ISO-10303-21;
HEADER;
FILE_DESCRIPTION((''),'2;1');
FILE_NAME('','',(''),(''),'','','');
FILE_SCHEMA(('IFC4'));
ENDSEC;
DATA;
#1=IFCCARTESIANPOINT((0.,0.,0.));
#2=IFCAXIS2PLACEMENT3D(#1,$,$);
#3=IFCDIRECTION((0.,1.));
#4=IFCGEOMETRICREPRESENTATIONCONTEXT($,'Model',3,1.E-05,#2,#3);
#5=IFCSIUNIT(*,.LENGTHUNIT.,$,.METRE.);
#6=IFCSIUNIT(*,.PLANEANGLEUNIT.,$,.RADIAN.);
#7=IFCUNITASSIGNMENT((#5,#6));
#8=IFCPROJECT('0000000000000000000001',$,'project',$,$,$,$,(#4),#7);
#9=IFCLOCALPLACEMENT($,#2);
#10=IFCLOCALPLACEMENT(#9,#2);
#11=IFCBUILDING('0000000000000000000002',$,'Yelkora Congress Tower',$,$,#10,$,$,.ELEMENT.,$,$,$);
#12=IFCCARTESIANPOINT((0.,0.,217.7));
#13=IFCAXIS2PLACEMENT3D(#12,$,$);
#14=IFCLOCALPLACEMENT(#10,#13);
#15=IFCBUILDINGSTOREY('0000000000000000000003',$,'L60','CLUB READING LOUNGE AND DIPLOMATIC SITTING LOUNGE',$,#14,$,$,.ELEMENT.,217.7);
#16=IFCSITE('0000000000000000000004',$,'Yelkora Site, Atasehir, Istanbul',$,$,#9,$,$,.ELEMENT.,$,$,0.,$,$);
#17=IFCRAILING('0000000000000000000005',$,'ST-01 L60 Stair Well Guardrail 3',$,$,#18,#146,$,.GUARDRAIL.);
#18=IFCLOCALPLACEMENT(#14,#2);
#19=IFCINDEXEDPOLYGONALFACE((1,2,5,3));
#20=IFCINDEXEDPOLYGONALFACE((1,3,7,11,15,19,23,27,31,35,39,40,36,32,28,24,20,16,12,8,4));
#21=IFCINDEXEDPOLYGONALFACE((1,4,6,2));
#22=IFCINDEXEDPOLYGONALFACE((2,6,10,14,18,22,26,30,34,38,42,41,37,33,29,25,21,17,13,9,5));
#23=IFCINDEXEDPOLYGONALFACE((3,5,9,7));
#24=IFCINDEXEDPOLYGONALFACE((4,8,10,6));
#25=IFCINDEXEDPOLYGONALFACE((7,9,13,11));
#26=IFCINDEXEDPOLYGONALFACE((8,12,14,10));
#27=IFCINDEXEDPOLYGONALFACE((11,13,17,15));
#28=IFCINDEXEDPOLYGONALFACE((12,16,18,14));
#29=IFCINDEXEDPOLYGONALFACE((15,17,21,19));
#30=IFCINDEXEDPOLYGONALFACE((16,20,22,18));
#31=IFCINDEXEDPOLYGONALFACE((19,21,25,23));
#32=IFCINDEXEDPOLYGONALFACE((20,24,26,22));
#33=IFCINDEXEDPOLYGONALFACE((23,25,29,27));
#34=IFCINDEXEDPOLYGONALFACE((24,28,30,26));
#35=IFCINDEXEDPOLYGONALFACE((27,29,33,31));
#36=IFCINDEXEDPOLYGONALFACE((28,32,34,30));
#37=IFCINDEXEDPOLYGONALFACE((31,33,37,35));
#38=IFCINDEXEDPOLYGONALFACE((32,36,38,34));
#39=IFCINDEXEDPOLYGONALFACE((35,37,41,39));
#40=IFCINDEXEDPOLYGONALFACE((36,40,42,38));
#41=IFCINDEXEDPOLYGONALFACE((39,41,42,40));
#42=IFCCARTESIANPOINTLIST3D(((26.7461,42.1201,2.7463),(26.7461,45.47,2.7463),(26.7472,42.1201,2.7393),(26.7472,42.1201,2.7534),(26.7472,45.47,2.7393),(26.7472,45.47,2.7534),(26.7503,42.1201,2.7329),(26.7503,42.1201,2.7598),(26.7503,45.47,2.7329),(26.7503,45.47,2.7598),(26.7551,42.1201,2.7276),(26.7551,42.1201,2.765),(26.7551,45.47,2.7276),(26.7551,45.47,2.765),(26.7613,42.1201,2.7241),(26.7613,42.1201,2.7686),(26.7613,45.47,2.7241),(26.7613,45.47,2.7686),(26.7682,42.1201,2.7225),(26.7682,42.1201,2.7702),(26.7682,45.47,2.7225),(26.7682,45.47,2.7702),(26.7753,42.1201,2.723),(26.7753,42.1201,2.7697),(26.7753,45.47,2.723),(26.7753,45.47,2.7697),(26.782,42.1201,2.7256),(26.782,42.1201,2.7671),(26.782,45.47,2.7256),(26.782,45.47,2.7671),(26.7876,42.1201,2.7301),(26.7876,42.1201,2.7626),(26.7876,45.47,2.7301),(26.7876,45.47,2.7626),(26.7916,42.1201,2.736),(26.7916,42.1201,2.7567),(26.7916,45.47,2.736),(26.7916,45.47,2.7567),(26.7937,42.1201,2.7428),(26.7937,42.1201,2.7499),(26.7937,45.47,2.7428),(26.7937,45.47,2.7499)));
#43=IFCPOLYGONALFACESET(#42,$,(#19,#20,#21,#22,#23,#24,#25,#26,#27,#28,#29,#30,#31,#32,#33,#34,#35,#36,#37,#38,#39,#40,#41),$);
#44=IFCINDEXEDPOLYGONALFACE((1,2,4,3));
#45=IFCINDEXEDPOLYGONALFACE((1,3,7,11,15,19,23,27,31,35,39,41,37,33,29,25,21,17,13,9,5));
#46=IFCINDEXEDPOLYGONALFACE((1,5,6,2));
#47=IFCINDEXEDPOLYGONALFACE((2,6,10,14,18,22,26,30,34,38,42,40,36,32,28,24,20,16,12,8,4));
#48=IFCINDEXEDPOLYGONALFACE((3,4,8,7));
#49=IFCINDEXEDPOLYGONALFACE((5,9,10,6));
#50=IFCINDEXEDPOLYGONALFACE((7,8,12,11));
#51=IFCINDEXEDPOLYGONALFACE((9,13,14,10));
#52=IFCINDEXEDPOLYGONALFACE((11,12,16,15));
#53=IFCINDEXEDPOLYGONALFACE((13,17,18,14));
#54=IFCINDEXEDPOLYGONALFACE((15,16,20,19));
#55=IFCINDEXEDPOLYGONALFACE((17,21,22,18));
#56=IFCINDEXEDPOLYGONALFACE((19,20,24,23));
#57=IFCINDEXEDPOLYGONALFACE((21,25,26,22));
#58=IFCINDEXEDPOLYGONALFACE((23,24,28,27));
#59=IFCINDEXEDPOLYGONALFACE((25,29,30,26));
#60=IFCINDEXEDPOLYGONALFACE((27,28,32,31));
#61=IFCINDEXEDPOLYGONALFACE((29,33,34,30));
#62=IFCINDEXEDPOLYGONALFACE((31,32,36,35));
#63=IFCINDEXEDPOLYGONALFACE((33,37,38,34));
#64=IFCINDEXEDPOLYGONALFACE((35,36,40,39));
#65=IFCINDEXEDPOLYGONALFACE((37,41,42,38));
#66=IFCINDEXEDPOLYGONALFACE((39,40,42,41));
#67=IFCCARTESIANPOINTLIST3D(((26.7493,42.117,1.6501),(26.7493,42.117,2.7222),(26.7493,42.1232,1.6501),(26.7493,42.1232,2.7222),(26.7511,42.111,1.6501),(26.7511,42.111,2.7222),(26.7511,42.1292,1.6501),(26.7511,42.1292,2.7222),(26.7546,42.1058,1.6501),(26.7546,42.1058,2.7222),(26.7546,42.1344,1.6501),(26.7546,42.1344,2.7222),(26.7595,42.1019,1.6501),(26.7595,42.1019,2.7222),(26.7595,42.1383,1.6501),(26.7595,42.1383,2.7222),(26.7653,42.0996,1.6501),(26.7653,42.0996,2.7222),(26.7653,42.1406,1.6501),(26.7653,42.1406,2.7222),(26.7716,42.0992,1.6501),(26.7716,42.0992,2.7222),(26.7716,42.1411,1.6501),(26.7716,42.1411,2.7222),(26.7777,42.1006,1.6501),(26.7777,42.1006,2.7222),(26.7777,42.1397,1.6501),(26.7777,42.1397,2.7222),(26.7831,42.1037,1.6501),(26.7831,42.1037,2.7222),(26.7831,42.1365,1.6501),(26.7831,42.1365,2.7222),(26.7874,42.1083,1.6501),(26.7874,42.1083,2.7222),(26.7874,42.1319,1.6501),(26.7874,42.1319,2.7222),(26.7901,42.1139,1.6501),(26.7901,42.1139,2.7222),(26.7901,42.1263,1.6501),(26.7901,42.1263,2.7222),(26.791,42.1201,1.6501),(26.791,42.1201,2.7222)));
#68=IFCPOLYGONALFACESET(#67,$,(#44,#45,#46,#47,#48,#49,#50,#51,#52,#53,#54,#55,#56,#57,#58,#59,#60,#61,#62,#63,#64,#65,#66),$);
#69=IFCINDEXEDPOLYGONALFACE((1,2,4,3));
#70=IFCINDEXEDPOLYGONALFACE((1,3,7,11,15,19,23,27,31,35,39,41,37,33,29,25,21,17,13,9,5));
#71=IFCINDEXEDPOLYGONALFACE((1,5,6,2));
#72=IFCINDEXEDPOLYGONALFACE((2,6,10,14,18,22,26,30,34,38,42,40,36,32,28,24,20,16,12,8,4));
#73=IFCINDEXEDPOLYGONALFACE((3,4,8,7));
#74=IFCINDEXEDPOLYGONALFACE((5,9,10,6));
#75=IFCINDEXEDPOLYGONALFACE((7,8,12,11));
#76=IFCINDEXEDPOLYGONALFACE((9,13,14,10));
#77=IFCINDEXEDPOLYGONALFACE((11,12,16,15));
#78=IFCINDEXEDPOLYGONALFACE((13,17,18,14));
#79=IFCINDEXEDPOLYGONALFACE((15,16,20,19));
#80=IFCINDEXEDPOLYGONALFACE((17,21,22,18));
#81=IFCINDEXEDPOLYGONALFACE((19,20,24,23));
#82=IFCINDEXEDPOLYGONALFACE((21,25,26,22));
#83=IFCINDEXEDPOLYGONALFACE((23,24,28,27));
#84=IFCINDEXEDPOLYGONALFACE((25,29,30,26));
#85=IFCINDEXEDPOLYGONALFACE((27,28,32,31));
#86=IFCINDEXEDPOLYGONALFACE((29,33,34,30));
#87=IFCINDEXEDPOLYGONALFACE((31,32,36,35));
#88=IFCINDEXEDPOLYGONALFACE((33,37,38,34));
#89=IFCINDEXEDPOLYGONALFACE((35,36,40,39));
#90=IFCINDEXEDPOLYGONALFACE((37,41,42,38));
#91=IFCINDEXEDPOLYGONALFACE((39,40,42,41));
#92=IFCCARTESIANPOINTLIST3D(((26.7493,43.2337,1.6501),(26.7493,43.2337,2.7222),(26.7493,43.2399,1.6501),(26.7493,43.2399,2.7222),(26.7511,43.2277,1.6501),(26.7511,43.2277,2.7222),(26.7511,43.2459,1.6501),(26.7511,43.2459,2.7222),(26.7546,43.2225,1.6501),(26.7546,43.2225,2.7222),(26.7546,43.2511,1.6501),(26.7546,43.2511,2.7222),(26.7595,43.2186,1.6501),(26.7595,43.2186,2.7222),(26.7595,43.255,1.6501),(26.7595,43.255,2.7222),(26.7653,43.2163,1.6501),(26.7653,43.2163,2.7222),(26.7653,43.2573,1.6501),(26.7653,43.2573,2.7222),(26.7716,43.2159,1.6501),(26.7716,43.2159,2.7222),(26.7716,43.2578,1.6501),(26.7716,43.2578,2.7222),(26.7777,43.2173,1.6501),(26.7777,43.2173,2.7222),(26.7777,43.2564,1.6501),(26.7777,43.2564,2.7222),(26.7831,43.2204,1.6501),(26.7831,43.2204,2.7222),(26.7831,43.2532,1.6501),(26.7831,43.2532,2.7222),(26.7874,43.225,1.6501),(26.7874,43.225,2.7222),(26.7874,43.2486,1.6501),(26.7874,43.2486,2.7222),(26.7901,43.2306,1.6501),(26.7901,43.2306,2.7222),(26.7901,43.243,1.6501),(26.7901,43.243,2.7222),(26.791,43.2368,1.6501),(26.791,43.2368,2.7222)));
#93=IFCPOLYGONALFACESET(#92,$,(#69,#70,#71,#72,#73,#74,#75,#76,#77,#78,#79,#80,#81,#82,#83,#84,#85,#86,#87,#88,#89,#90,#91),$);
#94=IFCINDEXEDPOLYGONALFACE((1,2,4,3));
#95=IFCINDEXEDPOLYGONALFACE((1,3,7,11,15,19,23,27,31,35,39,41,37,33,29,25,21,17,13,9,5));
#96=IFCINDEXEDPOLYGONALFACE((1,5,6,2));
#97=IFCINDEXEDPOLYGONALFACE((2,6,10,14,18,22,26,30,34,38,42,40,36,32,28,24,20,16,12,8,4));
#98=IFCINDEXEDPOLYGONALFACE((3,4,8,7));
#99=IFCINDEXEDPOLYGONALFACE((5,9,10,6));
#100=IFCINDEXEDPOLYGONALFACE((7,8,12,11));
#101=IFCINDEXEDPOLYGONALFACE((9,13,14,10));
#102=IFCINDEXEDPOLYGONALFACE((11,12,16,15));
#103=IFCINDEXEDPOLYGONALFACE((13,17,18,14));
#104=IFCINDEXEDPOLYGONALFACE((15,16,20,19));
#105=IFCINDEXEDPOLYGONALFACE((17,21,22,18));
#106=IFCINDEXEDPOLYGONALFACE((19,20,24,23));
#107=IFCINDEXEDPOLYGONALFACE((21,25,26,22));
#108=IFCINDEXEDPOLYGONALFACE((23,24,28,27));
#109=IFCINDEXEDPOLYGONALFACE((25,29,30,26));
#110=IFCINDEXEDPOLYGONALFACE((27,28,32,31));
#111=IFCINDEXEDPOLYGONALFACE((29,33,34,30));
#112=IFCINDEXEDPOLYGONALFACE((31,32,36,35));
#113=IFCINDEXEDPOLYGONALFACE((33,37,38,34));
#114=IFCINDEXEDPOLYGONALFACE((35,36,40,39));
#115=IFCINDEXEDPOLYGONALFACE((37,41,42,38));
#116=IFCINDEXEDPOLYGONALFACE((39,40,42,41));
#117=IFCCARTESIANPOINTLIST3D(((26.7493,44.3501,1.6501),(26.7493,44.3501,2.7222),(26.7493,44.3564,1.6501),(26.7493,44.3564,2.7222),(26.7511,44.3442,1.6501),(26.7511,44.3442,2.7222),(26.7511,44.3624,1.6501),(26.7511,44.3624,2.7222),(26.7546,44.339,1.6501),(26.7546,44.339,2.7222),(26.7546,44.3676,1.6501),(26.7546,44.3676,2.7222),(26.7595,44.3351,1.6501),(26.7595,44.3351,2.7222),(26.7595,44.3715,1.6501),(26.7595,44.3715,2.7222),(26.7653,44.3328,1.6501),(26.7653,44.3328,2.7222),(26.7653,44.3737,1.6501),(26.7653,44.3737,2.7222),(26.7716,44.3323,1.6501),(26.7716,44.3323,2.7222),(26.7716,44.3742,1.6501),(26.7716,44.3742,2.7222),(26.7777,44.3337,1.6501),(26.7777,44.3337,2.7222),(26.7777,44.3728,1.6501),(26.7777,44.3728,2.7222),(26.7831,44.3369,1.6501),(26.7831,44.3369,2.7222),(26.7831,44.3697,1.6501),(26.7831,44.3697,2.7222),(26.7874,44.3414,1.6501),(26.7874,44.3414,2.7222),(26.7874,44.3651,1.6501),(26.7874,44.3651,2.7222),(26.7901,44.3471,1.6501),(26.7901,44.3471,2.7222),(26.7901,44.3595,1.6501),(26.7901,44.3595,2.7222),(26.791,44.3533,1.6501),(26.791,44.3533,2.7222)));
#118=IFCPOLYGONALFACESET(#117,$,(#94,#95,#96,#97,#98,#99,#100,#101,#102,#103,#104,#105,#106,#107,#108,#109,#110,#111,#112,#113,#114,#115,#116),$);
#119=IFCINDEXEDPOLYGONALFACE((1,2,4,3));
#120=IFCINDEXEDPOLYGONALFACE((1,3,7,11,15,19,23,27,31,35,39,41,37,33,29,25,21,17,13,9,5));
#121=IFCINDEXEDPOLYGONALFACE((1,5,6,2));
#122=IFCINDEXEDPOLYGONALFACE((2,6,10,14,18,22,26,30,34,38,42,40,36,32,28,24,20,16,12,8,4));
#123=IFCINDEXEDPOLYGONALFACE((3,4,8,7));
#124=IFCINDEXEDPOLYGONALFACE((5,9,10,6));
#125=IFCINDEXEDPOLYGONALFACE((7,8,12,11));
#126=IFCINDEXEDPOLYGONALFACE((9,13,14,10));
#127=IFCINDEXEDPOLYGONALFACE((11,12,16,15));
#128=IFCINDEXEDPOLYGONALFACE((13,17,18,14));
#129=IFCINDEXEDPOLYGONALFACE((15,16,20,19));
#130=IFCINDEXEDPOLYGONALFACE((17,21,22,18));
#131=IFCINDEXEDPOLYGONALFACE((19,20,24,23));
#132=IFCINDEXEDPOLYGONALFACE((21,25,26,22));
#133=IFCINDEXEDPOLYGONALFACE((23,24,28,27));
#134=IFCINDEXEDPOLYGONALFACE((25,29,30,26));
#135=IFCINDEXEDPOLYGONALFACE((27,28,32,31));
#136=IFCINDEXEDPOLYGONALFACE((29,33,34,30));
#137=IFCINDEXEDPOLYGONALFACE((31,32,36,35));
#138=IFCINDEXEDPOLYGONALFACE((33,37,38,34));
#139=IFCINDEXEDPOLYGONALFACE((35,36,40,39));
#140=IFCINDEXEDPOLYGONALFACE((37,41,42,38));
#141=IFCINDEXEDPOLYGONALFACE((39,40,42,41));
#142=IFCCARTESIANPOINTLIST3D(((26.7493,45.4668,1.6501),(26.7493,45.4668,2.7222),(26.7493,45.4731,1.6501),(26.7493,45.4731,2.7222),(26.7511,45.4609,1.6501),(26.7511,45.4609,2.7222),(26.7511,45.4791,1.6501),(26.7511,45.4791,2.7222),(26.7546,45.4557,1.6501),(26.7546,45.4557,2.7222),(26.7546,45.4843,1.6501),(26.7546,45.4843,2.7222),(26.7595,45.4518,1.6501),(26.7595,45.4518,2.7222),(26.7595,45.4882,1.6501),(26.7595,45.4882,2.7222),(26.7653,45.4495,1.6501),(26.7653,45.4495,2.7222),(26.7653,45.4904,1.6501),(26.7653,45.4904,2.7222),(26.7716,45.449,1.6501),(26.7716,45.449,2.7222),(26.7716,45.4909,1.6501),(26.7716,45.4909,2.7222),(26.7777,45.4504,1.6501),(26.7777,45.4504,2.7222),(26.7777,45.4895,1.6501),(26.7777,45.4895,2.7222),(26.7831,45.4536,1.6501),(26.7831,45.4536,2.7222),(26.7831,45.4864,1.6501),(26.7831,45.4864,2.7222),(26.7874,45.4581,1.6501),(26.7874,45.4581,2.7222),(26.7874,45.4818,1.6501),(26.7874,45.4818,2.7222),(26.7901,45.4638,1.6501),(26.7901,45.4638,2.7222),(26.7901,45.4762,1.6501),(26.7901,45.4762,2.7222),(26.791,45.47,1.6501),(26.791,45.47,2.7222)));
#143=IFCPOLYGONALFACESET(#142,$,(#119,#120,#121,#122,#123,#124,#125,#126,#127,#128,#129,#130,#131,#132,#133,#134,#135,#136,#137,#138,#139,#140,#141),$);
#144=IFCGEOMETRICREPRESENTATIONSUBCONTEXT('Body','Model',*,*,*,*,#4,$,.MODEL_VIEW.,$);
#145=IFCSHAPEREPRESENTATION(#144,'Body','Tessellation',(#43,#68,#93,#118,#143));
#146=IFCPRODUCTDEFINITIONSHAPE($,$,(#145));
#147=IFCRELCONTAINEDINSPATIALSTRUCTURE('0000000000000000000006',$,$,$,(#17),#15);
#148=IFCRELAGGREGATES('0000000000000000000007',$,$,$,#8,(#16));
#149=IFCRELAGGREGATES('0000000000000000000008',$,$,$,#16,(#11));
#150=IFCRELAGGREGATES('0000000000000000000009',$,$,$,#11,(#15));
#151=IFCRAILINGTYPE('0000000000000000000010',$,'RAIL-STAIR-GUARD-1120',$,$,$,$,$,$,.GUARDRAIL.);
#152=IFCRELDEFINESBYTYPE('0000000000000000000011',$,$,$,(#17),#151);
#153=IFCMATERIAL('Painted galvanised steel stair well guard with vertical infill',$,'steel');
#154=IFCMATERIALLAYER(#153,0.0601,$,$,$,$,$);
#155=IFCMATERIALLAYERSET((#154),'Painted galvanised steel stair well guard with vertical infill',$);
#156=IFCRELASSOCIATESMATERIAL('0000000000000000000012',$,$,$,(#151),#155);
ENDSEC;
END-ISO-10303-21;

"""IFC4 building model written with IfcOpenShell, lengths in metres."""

from ifc_helpers import new_model, si_unit, direction, frame, origin, origin_2d, place, context, subcontext, project, spatial, circle, extrude, material, layer, layer_set, type_object, element, save


model = new_model("IFC4")

# Units and contexts
model_context = context("Model", 3, precision=1e-05, world=origin(), true_north=direction((0.0, 1.0)))
body_context = subcontext(model_context, "Body", "Model", "MODEL_VIEW")
ifc_project = project(units=[si_unit("LENGTHUNIT", "METRE"), si_unit("PLANEANGLEUNIT", "RADIAN")], contexts=[model_context])

# Site, building, storey
site_placement = place(None, origin())
site = spatial("IfcSite", under=ifc_project, at=site_placement, Name="Yelkora Site, Atasehir, Istanbul", CompositionType="ELEMENT", RefElevation=0.0)
building_placement = place(site_placement, origin())
building = spatial("IfcBuilding", under=site, at=building_placement, Name="Yelkora Congress Tower", CompositionType="ELEMENT")
storey_placement = place(building_placement, frame((0.0, 0.0, 217.7)))
storey = spatial("IfcBuildingStorey", under=building, at=storey_placement, Name="L60", Description="CLUB READING LOUNGE AND DIPLOMATIC SITTING LOUNGE", CompositionType="ELEMENT", Elevation=217.7)

# Railing
ifc_material_1 = material(Name="Painted galvanised steel stair well guard with vertical infill", Category="steel")
ifc_layer_1 = layer(ifc_material_1, 0.0601)
ifc_layer_set_1 = layer_set([ifc_layer_1], Name="Painted galvanised steel stair well guard with vertical infill")
railing_type_1 = type_object("IfcRailingType", Name="RAIL-STAIR-GUARD-1120", PredefinedType="GUARDRAIL", material=ifc_layer_set_1)
railing_1_placement = place(storey_placement, frame((26.77, 42.1201, 1.6501)))
element("IfcRailing", 1, at=railing_1_placement, inside=storey, type_object=railing_type_1, Name="ST-01 L60 Stair Well Guardrail 3", PredefinedType="GUARDRAIL", context=body_context, shape_type="SweptSolid", body=[
    extrude(circle(Radius=0.0239, at=origin_2d()), frame((0.0, 0.0, 1.0962), z_axis=(0.0, 1.0, 0.0), x_axis=(-1.0, 0.0, 0.0)), (0.0, 0.0, 1.0), 3.3499),
    extrude(circle(Radius=0.021, at=origin_2d()), origin(), (0.0, 0.0, 1.0), 1.072),
    extrude(circle(Radius=0.021, at=origin_2d()), frame((0.0, 1.1167, 0.0)), (0.0, 0.0, 1.0), 1.072),
    extrude(circle(Radius=0.021, at=origin_2d()), frame((0.0, 2.2332, 0.0)), (0.0, 0.0, 1.0), 1.072),
    extrude(circle(Radius=0.021, at=origin_2d()), frame((0.0, 3.3499, 0.0)), (0.0, 0.0, 1.0), 1.072),
])

save(model, "model.ifc")
